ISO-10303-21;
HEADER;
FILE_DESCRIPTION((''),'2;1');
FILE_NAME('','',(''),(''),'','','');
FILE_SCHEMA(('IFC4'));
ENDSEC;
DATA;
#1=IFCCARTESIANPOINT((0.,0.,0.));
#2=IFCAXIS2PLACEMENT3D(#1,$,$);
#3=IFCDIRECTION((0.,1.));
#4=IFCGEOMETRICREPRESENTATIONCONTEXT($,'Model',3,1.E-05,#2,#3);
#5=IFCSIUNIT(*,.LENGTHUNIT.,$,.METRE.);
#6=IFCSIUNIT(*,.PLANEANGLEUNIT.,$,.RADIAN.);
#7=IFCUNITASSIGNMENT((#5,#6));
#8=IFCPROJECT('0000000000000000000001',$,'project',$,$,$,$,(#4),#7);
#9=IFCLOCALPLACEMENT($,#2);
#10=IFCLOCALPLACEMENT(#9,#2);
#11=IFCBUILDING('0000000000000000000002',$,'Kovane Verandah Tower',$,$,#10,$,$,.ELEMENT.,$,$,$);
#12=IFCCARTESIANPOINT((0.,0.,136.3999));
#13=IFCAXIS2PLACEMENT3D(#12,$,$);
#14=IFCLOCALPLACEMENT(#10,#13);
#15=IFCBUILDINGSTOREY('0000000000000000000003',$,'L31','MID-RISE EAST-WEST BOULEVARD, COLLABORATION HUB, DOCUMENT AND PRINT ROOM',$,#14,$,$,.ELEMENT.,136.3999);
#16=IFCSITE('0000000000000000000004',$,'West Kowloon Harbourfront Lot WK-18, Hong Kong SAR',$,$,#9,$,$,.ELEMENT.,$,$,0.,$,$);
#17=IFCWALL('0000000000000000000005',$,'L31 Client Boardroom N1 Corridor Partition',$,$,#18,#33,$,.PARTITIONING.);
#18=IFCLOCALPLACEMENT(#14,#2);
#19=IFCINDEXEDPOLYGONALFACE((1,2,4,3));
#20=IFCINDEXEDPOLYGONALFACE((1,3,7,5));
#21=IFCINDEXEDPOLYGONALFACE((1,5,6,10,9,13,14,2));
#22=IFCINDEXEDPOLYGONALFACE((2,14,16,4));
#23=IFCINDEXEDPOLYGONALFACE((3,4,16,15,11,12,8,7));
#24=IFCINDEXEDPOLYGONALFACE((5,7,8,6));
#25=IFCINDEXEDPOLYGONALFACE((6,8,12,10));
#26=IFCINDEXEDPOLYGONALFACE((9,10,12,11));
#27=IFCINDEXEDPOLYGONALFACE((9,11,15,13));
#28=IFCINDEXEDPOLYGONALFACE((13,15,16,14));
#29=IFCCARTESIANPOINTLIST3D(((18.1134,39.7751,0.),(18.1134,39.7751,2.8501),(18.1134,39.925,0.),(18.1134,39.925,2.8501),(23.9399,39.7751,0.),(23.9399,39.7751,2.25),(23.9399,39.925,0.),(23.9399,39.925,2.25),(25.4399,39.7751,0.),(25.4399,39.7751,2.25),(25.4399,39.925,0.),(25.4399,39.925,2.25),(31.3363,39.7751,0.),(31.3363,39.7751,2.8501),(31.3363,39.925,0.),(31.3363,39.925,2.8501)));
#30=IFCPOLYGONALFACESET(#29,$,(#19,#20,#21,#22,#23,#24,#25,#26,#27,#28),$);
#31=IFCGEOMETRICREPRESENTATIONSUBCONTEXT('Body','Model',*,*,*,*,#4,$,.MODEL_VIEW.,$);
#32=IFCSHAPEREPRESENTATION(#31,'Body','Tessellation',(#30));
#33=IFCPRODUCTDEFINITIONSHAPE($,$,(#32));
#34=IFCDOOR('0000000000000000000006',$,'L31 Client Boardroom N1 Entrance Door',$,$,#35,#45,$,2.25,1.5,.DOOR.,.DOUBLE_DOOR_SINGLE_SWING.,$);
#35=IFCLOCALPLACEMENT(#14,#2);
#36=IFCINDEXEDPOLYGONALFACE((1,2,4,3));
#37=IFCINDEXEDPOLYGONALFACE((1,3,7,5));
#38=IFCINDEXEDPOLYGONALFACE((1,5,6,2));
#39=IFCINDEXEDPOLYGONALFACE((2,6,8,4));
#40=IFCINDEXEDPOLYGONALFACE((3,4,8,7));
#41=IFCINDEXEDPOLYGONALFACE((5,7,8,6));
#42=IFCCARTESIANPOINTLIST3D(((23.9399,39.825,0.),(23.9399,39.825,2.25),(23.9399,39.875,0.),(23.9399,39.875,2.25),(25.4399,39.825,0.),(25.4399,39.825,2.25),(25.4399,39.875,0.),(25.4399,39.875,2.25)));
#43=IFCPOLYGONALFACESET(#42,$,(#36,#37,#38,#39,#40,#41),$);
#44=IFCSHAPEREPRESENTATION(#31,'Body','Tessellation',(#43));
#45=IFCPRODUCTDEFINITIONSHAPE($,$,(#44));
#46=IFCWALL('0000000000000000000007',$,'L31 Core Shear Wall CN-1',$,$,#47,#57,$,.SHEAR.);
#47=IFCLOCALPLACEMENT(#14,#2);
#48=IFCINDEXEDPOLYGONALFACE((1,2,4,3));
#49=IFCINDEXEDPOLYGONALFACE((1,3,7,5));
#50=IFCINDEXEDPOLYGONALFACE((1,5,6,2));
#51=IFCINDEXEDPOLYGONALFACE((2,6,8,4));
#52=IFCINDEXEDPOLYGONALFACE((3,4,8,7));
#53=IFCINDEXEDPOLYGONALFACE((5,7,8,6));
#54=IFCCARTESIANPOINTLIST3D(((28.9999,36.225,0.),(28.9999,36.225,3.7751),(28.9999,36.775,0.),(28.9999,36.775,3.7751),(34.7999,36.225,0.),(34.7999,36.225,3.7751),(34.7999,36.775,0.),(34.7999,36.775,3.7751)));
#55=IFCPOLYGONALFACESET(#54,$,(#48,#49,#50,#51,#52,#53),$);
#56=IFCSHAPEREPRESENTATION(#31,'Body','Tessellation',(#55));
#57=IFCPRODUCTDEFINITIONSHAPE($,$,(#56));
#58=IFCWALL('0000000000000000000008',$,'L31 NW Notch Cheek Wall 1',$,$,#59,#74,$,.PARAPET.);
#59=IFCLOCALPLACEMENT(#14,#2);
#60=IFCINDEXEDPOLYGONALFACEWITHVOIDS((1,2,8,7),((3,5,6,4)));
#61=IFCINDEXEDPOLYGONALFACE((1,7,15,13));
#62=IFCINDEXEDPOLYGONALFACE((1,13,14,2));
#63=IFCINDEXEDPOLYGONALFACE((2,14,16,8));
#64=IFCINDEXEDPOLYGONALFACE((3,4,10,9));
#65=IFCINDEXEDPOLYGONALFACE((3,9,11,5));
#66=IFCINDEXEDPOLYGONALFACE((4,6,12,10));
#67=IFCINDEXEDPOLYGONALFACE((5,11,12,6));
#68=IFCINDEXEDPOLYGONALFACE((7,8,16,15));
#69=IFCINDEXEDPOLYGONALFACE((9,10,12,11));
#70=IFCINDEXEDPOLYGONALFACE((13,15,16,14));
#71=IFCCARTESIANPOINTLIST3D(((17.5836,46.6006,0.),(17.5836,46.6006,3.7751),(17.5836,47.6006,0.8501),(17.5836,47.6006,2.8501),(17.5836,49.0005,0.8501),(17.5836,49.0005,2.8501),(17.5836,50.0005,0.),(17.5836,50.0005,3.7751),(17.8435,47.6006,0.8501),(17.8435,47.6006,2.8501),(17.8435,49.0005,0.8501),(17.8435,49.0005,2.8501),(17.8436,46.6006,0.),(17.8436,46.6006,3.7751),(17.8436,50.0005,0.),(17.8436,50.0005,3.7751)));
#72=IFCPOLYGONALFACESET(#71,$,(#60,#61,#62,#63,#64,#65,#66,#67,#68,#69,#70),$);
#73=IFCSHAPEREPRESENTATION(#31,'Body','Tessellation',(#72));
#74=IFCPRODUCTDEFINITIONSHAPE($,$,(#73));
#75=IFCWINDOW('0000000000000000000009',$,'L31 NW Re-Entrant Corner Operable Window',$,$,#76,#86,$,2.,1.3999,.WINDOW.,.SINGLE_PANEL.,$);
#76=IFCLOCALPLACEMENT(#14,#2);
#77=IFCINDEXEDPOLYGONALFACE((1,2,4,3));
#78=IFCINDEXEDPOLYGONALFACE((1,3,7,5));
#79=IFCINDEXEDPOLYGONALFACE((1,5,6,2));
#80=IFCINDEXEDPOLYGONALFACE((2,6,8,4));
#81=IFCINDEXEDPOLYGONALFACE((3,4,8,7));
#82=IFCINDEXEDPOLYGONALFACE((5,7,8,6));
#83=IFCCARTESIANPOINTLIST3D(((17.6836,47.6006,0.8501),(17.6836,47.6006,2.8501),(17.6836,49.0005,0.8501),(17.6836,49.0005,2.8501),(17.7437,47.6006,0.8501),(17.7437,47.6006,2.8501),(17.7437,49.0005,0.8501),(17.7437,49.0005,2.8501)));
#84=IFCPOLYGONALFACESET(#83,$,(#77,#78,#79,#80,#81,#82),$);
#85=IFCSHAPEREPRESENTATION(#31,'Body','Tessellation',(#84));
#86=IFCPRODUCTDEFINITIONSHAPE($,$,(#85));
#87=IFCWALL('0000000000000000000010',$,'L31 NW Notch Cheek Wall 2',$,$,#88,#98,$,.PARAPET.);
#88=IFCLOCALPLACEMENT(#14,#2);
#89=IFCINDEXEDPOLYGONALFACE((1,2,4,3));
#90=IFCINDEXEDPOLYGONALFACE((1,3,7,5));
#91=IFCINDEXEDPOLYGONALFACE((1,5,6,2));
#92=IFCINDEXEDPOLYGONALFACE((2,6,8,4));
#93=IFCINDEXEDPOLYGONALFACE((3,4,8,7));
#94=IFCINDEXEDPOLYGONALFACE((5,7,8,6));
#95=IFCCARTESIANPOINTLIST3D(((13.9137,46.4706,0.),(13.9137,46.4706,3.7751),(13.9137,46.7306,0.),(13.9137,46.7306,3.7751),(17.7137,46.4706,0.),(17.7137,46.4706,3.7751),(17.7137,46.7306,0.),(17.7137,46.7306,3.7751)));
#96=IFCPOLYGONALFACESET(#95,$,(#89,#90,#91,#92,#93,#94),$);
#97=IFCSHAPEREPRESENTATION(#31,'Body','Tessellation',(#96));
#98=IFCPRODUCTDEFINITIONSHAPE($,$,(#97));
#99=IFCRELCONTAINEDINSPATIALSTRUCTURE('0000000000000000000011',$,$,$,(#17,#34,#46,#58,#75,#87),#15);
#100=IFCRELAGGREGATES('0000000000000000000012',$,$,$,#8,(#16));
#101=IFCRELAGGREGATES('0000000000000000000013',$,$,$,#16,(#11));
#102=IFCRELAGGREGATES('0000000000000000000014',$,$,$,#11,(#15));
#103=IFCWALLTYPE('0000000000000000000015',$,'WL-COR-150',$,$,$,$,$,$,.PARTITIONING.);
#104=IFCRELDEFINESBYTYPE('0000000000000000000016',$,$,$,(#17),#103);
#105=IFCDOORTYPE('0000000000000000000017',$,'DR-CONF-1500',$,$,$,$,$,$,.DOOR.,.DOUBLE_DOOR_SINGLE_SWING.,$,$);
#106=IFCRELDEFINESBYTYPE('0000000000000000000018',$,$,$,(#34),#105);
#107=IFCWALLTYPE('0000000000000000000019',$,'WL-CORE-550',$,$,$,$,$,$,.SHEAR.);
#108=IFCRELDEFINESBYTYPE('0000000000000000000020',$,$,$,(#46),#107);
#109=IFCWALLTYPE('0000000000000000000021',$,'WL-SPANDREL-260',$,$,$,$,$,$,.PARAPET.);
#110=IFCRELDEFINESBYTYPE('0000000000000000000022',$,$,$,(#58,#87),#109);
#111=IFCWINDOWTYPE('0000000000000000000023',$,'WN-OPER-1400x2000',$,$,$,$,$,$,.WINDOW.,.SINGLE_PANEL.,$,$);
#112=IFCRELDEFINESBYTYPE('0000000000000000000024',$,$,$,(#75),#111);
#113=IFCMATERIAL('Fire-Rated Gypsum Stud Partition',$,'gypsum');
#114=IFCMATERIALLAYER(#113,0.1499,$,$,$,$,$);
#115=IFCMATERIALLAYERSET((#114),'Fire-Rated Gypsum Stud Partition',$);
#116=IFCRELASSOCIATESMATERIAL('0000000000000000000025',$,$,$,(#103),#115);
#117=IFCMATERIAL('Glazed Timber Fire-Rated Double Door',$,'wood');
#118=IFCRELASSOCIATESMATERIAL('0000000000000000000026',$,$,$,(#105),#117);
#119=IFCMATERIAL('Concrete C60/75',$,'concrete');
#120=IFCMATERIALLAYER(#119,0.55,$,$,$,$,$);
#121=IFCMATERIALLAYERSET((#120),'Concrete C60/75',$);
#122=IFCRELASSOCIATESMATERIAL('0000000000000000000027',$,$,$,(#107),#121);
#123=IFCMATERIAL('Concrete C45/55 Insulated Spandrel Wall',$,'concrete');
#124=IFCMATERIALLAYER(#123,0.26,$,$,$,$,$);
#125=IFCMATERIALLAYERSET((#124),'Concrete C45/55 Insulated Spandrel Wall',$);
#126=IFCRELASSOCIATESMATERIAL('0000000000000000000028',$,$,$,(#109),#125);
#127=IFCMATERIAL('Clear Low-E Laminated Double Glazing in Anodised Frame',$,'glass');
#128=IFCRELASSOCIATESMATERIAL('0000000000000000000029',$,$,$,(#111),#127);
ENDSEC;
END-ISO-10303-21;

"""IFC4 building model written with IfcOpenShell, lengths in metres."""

from ifc_helpers import new_model, si_unit, direction, frame, frame_2d, origin, place, context, subcontext, project, spatial, rectangle, extrude, material, layer, layer_set, type_object, element, fill, save


model = new_model("IFC4")

# Units and contexts
model_context = context("Model", 3, precision=1e-05, world=origin(), true_north=direction((0.0, 1.0)))
body_context = subcontext(model_context, "Body", "Model", "MODEL_VIEW")
ifc_project = project(units=[si_unit("LENGTHUNIT", "METRE"), si_unit("PLANEANGLEUNIT", "RADIAN")], contexts=[model_context])

# Site, building, storey
site_placement = place(None, origin())
site = spatial("IfcSite", under=ifc_project, at=site_placement, Name="West Kowloon Harbourfront Lot WK-18, Hong Kong SAR", CompositionType="ELEMENT", RefElevation=0.0)
building_placement = place(site_placement, origin())
building = spatial("IfcBuilding", under=site, at=building_placement, Name="Kovane Verandah Tower", CompositionType="ELEMENT")
storey_placement = place(building_placement, frame((0.0, 0.0, 136.3999)))
storey = spatial("IfcBuildingStorey", under=building, at=storey_placement, Name="L31", Description="MID-RISE EAST-WEST BOULEVARD, COLLABORATION HUB, DOCUMENT AND PRINT ROOM", CompositionType="ELEMENT", Elevation=136.3999)

# Wall, opening, door
ifc_material_1 = material(Name="Fire-Rated Gypsum Stud Partition", Category="gypsum")
ifc_layer_1 = layer(ifc_material_1, 0.1499)
ifc_layer_set_1 = layer_set([ifc_layer_1], Name="Fire-Rated Gypsum Stud Partition")
wall_type_1 = type_object("IfcWallType", Name="WL-COR-150", PredefinedType="PARTITIONING", material=ifc_layer_set_1)
wall_1_placement = place(storey_placement, frame((18.1135, 39.8501, 0.0), z_axis=(0.0, 0.0, 1.0), x_axis=(1.0, 0.0, 0.0)))
wall_1 = element("IfcWall", 1, at=wall_1_placement, inside=storey, type_object=wall_type_1, Name="L31 Client Boardroom N1 Corridor Partition", PredefinedType="PARTITIONING", context=body_context, shape_type="SweptSolid", body=[
    extrude(rectangle(XDim=13.2229, YDim=0.1499, at=frame_2d((6.6113, 0.0))), origin(), (0.0, 0.0, 1.0), 2.8501),
])
opening_1_placement = place(wall_1_placement, frame((5.8264, 0.0, 0.0)))
opening_1 = element("IfcOpeningElement", 2, at=opening_1_placement, cuts=wall_1, PredefinedType="OPENING", context=body_context, shape_type="SweptSolid", body=[
    extrude(rectangle(XDim=1.5, YDim=2.25, at=frame_2d((0.75, 1.125))), frame((0.0, 0.075, 0.0), z_axis=(0.0, -1.0, 0.0), x_axis=(1.0, 0.0, 0.0)), (0.0, 0.0, 1.0), 0.1499),
])
ifc_material_2 = material(Name="Glazed Timber Fire-Rated Double Door", Category="wood")
door_type_1 = type_object("IfcDoorType", Name="DR-CONF-1500", OperationType="DOUBLE_DOOR_SINGLE_SWING", PredefinedType="DOOR", material=ifc_material_2)
door_1_placement = place(opening_1_placement, origin())
door_1 = element("IfcDoor", 3, at=door_1_placement, inside=storey, type_object=door_type_1, Name="L31 Client Boardroom N1 Entrance Door", OperationType="DOUBLE_DOOR_SINGLE_SWING", OverallHeight=2.25, OverallWidth=1.5, PredefinedType="DOOR", context=body_context, shape_type="SweptSolid", body=[
    extrude(rectangle(XDim=1.5, YDim=2.25, at=frame_2d((0.75, 1.125))), frame((0.0, 0.0249, 0.0), z_axis=(0.0, -1.0, 0.0), x_axis=(1.0, 0.0, 0.0)), (0.0, 0.0, 1.0), 0.05),
])
fill(opening_1, door_1)

# Wall
ifc_material_3 = material(Name="Concrete C60/75", Category="concrete")
ifc_layer_2 = layer(ifc_material_3, 0.55)
ifc_layer_set_2 = layer_set([ifc_layer_2], Name="Concrete C60/75")
wall_type_2 = type_object("IfcWallType", Name="WL-CORE-550", PredefinedType="SHEAR", material=ifc_layer_set_2)
wall_2_placement = place(storey_placement, frame((29.0, 36.5, 0.0), z_axis=(0.0, 0.0, 1.0), x_axis=(1.0, 0.0, 0.0)))
element("IfcWall", 4, at=wall_2_placement, inside=storey, type_object=wall_type_2, Name="L31 Core Shear Wall CN-1", PredefinedType="SHEAR", context=body_context, shape_type="SweptSolid", body=[
    extrude(rectangle(XDim=5.8, YDim=0.55, at=frame_2d((2.8999, 0.0))), origin(), (0.0, 0.0, 1.0), 3.7751),
])

# Shared definitions
ifc_material_4 = material(Name="Concrete C45/55 Insulated Spandrel Wall", Category="concrete")
ifc_layer_3 = layer(ifc_material_4, 0.26)
ifc_layer_set_3 = layer_set([ifc_layer_3], Name="Concrete C45/55 Insulated Spandrel Wall")
wall_type_3 = type_object("IfcWallType", Name="WL-SPANDREL-260", PredefinedType="PARAPET", material=ifc_layer_set_3)
ifc_material_5 = material(Name="Clear Low-E Laminated Double Glazing in Anodised Frame", Category="glass")

# Wall, opening, window
wall_3_placement = place(storey_placement, frame((17.7136, 50.0005, 0.0), z_axis=(0.0, 0.0, 1.0), x_axis=(0.0, -1.0, 0.0)))
wall_3 = element("IfcWall", 5, at=wall_3_placement, inside=storey, type_object=wall_type_3, Name="L31 NW Notch Cheek Wall 1", PredefinedType="PARAPET", context=body_context, shape_type="SweptSolid", body=[
    extrude(rectangle(XDim=3.3999, YDim=0.26, at=frame_2d((1.7, 0.0))), origin(), (0.0, 0.0, 1.0), 3.7751),
])
opening_2_placement = place(wall_3_placement, frame((1.0, 0.0, 0.8501)))
opening_2 = element("IfcOpeningElement", 6, at=opening_2_placement, cuts=wall_3, PredefinedType="OPENING", context=body_context, shape_type="SweptSolid", body=[
    extrude(rectangle(XDim=1.3999, YDim=2.0, at=frame_2d((0.7, 1.0))), frame((0.0, 0.1299, 0.0), z_axis=(0.0, -1.0, 0.0), x_axis=(1.0, 0.0, 0.0)), (0.0, 0.0, 1.0), 0.26),
])
window_type_1 = type_object("IfcWindowType", Name="WN-OPER-1400x2000", PartitioningType="SINGLE_PANEL", PredefinedType="WINDOW", material=ifc_material_5)
window_1_placement = place(opening_2_placement, origin())
window_1 = element("IfcWindow", 7, at=window_1_placement, inside=storey, type_object=window_type_1, Name="L31 NW Re-Entrant Corner Operable Window", OverallHeight=2.0, OverallWidth=1.3999, PartitioningType="SINGLE_PANEL", PredefinedType="WINDOW", context=body_context, shape_type="SweptSolid", body=[
    extrude(rectangle(XDim=1.3999, YDim=2.0, at=frame_2d((0.7, 1.0))), frame((0.0, 0.03, 0.0), z_axis=(0.0, -1.0, 0.0), x_axis=(1.0, 0.0, 0.0)), (0.0, 0.0, 1.0), 0.0601),
])
fill(opening_2, window_1)

# Wall
wall_4_placement = place(storey_placement, frame((17.7136, 46.6006, 0.0), z_axis=(0.0, 0.0, 1.0), x_axis=(-1.0, 0.0, 0.0)))
element("IfcWall", 8, at=wall_4_placement, inside=storey, type_object=wall_type_3, Name="L31 NW Notch Cheek Wall 2", PredefinedType="PARAPET", context=body_context, shape_type="SweptSolid", body=[
    extrude(rectangle(XDim=3.8, YDim=0.26, at=frame_2d((1.8999, 0.0))), origin(), (0.0, 0.0, 1.0), 3.7751),
])

save(model, "model.ifc")
